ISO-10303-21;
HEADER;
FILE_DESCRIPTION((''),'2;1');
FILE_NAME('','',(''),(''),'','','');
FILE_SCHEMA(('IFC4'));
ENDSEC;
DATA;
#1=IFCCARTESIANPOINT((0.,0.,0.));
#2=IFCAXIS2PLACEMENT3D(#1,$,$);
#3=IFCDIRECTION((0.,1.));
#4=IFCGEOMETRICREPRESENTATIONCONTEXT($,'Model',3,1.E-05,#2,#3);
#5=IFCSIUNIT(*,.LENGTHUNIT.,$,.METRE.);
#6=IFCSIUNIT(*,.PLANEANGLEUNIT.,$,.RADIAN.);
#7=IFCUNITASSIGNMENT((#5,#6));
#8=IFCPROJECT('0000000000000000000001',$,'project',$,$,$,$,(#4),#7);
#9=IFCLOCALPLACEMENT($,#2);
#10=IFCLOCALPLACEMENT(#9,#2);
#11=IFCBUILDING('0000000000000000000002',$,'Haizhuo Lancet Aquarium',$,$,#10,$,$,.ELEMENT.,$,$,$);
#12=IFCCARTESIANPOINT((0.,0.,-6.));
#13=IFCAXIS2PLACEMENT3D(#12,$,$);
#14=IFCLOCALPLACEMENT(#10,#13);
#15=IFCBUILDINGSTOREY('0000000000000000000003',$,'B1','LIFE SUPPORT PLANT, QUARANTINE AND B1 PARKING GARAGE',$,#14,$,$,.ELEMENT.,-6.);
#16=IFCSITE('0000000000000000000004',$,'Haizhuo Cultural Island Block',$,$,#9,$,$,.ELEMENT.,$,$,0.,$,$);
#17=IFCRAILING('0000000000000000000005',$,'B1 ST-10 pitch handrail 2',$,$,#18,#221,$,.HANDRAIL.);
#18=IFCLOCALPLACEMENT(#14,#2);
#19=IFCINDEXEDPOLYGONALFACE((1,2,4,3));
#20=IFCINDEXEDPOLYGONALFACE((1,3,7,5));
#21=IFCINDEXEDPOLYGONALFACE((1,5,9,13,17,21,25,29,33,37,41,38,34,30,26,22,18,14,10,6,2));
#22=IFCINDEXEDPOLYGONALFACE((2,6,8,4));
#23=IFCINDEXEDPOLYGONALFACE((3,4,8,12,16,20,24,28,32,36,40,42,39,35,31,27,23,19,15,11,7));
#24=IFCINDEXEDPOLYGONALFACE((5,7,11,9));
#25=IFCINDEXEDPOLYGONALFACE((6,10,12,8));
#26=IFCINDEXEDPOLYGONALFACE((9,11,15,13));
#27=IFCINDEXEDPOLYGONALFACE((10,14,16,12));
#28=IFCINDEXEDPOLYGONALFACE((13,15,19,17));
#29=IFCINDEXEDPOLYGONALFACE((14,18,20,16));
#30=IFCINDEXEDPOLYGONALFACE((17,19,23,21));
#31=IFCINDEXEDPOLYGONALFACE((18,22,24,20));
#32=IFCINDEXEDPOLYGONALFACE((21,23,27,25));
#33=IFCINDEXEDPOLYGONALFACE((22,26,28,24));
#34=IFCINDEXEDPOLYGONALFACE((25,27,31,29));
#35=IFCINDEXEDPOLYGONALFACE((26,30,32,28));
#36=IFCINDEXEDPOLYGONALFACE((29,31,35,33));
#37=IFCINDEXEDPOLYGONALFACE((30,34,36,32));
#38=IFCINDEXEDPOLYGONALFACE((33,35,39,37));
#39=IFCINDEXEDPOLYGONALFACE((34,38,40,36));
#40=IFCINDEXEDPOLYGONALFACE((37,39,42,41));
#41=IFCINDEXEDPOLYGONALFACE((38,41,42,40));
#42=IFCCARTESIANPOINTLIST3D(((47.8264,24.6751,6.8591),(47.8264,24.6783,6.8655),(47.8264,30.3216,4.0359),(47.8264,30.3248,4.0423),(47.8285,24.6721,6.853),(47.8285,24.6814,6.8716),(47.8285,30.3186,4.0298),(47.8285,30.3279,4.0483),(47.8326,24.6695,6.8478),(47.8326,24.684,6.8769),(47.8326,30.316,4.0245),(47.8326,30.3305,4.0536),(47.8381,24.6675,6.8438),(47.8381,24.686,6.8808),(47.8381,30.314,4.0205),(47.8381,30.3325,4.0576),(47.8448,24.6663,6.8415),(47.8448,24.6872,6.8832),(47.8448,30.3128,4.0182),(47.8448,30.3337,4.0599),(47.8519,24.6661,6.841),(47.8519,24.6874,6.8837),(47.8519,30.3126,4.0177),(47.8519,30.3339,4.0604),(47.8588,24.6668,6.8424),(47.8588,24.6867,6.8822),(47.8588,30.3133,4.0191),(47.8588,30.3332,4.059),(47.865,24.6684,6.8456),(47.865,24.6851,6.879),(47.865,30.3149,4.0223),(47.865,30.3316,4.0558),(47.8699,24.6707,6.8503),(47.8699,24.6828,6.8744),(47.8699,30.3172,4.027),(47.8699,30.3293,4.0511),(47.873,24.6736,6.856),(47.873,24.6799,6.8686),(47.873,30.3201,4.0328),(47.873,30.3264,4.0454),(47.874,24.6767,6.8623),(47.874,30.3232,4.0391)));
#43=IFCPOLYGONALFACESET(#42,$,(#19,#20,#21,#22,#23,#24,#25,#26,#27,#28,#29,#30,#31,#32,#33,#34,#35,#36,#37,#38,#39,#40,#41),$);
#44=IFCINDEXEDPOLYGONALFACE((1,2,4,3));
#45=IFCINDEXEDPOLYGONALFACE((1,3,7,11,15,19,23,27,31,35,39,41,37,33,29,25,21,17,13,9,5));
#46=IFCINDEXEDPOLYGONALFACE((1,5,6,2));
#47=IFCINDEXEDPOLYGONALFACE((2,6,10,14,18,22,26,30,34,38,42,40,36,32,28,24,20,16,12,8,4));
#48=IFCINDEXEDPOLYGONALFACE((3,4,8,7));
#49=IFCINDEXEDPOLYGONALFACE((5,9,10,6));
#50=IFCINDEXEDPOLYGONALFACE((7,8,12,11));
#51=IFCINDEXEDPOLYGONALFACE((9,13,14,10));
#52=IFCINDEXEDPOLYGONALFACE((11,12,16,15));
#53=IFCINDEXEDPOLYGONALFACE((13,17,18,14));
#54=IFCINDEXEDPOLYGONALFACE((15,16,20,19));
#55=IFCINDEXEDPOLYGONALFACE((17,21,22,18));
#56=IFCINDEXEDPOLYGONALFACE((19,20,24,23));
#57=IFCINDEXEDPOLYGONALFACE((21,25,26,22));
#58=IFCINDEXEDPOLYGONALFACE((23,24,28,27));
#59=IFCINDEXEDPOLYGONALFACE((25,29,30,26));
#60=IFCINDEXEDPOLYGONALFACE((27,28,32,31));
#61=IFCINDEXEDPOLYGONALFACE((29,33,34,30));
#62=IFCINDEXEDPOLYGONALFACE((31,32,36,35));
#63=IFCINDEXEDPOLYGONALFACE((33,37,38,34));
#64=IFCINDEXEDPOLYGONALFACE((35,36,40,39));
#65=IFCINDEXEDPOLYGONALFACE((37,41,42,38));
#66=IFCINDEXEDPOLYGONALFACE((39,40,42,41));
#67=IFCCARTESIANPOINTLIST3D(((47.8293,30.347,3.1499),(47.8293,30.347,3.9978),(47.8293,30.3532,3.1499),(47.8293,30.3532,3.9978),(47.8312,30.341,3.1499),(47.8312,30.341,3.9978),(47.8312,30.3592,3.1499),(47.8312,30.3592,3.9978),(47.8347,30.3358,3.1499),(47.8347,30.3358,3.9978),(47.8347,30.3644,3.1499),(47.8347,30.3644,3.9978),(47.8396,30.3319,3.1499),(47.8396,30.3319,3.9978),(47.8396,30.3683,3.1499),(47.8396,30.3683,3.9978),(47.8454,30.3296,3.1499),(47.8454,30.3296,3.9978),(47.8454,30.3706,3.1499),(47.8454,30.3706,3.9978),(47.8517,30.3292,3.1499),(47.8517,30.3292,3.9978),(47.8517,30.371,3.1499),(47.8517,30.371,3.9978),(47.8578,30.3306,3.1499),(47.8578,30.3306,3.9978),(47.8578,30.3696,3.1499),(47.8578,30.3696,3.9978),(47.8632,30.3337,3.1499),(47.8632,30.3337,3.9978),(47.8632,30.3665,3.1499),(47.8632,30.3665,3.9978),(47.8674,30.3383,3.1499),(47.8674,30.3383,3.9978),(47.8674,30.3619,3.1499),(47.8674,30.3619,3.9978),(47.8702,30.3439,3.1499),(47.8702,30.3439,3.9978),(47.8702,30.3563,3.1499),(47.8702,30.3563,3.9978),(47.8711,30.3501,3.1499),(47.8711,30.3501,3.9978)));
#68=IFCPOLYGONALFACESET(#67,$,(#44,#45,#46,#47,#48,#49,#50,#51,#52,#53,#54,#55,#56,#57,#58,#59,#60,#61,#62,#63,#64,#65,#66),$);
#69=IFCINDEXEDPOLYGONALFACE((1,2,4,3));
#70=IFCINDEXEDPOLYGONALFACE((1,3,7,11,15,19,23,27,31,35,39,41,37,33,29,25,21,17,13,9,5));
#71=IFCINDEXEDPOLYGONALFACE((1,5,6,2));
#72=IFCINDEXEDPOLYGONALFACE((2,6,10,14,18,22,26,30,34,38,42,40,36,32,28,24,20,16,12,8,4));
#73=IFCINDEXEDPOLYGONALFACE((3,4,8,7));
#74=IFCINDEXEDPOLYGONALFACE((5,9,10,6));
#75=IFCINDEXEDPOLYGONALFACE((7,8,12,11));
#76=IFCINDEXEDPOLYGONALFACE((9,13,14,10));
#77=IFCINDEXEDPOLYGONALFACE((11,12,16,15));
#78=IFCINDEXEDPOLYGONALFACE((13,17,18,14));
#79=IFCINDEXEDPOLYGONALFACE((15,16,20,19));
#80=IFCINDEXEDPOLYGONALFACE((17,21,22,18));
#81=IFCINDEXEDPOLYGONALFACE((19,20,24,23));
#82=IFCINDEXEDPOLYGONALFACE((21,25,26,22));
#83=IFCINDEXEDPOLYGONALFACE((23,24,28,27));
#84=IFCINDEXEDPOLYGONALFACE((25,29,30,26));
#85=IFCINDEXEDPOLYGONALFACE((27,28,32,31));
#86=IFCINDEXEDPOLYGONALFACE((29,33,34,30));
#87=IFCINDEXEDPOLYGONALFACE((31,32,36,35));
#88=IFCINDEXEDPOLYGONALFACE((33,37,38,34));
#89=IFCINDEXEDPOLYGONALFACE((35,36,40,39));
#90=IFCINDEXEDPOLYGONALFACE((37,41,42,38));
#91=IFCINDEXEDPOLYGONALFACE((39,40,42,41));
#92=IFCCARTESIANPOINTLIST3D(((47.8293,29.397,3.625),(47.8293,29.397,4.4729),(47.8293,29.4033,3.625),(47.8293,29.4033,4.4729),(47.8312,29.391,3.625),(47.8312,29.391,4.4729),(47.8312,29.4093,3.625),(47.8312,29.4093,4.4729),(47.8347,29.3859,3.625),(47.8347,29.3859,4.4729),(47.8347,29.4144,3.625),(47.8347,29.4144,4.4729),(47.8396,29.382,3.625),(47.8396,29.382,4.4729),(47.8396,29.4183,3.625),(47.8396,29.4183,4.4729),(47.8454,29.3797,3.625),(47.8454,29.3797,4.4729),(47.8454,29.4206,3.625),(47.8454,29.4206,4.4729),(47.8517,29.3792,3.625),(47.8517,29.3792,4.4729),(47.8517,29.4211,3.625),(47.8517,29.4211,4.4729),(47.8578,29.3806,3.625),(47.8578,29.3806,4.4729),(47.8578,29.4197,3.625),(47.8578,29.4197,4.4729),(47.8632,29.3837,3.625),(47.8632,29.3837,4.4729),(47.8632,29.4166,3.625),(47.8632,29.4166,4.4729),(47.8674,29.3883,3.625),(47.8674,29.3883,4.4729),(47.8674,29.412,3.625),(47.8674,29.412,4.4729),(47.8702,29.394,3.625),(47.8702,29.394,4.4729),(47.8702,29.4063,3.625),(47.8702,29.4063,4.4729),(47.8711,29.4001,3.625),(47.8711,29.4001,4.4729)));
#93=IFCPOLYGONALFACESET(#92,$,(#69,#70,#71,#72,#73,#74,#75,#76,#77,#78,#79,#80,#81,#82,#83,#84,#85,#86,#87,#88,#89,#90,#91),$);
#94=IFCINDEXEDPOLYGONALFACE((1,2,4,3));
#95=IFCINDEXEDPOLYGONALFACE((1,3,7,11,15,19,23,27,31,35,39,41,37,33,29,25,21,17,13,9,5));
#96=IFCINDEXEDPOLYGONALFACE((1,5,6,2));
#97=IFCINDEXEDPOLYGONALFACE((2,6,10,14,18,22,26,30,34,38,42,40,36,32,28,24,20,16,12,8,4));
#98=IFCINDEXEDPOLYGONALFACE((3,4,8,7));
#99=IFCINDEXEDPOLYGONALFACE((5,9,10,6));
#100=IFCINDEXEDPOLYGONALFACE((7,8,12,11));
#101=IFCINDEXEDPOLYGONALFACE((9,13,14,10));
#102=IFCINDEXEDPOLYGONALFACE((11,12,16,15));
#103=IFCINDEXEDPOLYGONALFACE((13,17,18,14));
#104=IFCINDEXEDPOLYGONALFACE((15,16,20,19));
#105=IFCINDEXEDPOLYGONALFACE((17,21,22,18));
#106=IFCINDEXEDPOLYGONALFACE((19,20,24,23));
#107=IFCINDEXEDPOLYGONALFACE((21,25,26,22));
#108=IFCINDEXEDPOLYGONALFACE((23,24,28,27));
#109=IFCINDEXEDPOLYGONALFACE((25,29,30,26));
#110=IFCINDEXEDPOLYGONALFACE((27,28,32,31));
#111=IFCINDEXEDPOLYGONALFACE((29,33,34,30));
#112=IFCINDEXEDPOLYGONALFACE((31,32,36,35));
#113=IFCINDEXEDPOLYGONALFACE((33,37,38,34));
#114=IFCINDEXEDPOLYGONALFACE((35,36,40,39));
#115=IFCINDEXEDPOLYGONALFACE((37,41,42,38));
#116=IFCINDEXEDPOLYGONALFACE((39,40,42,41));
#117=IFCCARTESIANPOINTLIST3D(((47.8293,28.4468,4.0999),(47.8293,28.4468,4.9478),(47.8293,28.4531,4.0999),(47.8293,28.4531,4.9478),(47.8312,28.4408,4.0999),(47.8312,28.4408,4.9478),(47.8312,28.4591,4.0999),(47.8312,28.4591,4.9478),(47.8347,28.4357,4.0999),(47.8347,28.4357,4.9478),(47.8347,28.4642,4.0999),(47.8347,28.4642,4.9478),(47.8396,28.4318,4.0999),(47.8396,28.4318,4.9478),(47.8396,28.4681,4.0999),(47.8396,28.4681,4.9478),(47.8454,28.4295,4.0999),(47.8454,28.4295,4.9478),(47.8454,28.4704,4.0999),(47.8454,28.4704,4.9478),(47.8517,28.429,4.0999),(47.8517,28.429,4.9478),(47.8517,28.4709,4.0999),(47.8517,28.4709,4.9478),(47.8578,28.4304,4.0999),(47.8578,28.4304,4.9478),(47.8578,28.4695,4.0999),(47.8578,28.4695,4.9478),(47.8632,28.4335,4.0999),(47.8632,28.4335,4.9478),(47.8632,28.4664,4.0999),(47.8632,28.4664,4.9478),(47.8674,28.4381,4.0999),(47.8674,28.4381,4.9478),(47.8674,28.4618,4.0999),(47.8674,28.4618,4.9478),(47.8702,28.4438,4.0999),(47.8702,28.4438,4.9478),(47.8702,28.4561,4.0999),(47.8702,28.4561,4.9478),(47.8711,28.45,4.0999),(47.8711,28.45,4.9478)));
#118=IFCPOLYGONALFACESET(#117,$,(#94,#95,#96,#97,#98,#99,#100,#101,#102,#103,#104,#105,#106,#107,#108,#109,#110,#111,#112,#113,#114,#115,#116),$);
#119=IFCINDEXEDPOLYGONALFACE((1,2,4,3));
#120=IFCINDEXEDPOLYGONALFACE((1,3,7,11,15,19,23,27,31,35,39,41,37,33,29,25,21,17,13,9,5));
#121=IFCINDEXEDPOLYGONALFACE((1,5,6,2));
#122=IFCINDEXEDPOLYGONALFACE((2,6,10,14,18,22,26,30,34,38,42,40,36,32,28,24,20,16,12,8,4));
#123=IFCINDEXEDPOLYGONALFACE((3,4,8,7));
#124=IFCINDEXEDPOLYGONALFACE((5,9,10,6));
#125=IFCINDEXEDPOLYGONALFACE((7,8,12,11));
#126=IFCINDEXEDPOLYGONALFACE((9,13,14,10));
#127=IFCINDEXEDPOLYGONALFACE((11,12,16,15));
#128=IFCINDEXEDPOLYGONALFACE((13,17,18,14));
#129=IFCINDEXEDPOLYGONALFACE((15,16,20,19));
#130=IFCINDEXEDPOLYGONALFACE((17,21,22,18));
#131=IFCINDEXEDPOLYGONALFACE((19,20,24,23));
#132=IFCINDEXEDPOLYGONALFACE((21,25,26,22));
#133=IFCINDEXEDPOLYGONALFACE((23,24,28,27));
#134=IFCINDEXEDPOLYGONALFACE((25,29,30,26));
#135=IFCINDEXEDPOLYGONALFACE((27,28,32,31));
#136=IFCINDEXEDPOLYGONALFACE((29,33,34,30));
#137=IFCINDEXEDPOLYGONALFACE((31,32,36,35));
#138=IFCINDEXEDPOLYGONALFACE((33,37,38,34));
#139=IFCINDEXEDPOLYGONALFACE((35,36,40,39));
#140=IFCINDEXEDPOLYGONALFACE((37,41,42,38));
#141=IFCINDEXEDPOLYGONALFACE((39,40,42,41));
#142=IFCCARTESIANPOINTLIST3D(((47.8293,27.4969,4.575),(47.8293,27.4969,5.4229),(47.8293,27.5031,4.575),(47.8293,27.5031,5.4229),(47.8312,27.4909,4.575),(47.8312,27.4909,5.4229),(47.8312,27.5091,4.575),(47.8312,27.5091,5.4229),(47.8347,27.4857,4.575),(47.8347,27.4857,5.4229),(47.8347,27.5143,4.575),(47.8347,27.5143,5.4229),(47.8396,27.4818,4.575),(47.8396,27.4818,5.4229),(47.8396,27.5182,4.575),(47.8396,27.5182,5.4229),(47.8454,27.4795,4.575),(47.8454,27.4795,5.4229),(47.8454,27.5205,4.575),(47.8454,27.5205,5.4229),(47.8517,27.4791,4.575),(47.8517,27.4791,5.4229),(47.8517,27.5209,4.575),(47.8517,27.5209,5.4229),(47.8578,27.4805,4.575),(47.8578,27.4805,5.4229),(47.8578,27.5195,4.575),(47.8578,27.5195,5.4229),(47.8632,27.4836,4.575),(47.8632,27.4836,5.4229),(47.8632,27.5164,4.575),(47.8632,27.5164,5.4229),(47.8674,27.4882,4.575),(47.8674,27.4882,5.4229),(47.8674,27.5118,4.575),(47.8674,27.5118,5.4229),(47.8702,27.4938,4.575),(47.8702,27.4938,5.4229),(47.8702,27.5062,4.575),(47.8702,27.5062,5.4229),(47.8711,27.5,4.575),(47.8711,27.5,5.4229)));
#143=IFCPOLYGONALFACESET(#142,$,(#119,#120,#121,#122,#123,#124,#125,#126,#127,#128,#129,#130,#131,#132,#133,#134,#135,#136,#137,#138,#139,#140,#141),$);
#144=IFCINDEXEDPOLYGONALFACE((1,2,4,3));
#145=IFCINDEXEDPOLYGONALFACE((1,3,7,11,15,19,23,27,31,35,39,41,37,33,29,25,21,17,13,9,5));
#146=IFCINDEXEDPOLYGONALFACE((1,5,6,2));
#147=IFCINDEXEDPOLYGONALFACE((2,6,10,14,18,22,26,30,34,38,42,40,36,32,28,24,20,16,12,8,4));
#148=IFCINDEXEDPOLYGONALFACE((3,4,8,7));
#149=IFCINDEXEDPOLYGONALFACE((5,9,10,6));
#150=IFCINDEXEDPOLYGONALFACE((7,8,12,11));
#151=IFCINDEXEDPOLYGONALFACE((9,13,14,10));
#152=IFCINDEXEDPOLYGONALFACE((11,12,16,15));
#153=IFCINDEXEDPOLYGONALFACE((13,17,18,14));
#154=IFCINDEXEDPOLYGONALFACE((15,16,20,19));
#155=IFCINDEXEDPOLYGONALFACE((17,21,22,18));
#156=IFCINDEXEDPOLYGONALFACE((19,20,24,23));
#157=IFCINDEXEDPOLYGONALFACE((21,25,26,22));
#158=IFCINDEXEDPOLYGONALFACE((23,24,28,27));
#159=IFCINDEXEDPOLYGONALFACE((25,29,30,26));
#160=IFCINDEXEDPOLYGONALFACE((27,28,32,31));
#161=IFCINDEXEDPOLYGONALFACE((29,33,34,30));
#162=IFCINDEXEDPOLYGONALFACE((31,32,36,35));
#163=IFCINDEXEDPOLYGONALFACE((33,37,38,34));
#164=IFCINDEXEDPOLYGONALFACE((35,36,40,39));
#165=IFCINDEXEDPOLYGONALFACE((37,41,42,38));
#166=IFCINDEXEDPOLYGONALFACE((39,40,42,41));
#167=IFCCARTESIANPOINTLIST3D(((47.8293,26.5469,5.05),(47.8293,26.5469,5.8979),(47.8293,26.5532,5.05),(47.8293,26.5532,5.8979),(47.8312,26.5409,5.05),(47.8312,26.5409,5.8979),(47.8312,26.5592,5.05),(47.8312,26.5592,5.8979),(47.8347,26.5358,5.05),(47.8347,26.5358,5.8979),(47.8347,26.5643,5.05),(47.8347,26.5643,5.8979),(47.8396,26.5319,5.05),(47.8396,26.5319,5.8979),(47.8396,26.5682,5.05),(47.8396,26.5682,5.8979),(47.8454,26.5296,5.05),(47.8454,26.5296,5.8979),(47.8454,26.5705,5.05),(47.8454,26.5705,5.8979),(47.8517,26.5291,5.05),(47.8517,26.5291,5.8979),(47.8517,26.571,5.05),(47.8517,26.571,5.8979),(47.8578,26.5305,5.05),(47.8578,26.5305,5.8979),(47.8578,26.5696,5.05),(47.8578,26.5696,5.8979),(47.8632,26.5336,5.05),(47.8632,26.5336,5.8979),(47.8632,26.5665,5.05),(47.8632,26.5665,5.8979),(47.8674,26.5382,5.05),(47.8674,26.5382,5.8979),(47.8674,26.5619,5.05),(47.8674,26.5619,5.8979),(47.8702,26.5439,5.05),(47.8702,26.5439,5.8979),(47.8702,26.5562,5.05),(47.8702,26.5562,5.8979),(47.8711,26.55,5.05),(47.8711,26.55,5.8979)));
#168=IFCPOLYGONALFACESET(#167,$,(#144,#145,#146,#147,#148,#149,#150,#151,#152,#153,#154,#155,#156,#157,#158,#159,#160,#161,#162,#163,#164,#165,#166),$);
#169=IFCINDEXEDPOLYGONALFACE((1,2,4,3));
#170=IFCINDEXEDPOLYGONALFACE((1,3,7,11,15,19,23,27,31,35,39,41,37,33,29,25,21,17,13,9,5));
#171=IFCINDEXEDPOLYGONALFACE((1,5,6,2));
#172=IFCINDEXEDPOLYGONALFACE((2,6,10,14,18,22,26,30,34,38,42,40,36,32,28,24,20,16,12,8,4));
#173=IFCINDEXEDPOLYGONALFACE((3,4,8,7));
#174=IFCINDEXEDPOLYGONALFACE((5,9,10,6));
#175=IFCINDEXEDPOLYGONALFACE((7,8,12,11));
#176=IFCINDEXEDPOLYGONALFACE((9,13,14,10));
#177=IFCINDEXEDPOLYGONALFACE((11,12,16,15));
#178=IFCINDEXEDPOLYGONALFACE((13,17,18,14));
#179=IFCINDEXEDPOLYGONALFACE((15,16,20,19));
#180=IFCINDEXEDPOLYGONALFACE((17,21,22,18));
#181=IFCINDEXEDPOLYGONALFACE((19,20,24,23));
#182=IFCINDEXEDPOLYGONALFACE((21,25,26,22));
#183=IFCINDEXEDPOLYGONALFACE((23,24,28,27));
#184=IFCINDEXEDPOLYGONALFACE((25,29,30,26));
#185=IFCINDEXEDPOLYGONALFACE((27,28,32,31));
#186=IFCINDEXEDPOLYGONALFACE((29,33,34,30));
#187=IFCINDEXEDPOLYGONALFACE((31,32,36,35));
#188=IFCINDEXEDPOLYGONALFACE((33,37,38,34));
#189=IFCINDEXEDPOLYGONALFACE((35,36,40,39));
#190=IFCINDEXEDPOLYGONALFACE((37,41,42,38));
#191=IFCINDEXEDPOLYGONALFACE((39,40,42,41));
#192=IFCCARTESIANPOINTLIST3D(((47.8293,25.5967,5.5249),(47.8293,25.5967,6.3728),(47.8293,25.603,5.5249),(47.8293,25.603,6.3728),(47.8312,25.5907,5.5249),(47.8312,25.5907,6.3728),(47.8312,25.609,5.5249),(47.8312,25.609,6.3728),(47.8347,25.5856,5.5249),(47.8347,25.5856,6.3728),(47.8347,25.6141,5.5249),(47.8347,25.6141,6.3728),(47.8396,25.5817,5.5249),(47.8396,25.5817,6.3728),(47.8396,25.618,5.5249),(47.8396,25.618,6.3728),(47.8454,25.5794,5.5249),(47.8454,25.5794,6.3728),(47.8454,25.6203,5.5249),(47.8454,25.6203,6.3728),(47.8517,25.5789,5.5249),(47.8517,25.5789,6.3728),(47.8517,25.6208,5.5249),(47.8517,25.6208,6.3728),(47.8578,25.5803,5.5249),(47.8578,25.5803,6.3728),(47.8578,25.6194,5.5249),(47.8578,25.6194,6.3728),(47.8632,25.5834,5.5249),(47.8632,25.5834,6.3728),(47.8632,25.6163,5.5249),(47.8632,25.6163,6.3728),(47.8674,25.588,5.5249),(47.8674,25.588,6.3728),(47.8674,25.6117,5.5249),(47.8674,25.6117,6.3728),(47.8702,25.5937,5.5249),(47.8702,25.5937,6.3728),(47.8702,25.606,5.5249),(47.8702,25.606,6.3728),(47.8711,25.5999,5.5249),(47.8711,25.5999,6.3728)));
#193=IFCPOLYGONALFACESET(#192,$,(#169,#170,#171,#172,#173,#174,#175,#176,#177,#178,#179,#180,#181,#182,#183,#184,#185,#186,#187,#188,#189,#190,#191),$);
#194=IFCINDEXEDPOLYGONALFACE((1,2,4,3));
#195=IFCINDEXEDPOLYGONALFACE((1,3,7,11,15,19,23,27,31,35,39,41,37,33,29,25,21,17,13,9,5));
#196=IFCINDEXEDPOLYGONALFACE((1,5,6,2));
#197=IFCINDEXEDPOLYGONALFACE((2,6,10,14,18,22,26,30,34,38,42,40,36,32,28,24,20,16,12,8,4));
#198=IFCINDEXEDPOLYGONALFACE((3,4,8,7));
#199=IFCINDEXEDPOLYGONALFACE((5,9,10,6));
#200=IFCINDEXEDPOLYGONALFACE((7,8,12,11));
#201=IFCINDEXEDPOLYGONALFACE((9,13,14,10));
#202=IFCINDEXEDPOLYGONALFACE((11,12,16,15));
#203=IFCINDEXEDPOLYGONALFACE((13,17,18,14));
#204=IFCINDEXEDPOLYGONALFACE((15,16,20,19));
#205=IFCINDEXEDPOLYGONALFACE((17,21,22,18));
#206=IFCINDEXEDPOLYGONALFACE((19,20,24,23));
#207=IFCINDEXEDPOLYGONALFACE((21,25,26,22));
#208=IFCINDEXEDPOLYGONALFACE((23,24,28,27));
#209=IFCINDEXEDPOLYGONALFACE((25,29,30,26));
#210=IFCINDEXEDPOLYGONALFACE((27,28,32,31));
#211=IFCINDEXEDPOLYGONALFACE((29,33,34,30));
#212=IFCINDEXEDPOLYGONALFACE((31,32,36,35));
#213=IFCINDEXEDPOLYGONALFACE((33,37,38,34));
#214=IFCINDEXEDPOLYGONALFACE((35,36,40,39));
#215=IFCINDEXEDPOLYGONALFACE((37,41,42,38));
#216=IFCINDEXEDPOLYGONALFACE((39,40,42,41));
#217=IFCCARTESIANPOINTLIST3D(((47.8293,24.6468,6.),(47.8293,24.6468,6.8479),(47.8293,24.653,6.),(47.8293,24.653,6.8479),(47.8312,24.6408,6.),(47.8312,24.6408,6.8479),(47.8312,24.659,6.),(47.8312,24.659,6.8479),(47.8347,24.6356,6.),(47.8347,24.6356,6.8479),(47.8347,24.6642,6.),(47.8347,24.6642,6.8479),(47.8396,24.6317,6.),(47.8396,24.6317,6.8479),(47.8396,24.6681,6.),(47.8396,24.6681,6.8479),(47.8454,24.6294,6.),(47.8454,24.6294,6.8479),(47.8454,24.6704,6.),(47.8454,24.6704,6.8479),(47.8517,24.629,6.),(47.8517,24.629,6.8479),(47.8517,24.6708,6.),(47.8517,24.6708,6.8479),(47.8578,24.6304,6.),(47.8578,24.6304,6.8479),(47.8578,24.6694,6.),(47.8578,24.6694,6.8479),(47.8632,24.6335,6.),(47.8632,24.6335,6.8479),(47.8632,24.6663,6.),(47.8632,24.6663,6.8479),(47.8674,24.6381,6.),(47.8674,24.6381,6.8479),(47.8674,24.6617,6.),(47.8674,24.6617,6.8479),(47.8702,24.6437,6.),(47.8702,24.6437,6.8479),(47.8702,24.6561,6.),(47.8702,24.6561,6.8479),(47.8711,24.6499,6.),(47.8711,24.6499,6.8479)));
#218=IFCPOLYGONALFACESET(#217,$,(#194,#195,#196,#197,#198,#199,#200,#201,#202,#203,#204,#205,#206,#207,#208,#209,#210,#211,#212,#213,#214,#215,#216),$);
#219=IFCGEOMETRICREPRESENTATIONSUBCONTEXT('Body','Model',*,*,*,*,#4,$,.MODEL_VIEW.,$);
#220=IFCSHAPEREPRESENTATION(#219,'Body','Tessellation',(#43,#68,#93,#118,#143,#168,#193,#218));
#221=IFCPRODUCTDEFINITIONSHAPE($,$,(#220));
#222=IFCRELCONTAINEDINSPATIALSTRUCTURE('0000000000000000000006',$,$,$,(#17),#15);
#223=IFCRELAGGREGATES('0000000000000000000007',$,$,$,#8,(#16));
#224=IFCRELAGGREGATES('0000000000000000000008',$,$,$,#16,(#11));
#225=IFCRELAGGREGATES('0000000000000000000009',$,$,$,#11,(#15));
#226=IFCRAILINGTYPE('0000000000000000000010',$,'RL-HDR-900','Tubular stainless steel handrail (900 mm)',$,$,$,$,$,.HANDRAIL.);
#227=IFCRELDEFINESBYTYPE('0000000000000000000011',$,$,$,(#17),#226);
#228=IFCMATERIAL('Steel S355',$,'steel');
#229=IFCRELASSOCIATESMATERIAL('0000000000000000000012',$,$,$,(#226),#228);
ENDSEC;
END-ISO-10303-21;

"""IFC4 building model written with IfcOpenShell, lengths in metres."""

from ifc_helpers import new_model, si_unit, direction, frame, origin, origin_2d, place, context, subcontext, project, spatial, circle, extrude, material, type_object, element, save


model = new_model("IFC4")

# Units and contexts
model_context = context("Model", 3, precision=1e-05, world=origin(), true_north=direction((0.0, 1.0)))
body_context = subcontext(model_context, "Body", "Model", "MODEL_VIEW")
ifc_project = project(units=[si_unit("LENGTHUNIT", "METRE"), si_unit("PLANEANGLEUNIT", "RADIAN")], contexts=[model_context])

# Site, building, storey
site_placement = place(None, origin())
site = spatial("IfcSite", under=ifc_project, at=site_placement, Name="Haizhuo Cultural Island Block", CompositionType="ELEMENT", RefElevation=0.0)
building_placement = place(site_placement, origin())
building = spatial("IfcBuilding", under=site, at=building_placement, Name="Haizhuo Lancet Aquarium", CompositionType="ELEMENT")
storey_placement = place(building_placement, frame((0.0, 0.0, -6.0)))
storey = spatial("IfcBuildingStorey", under=building, at=storey_placement, Name="B1", Description="LIFE SUPPORT PLANT, QUARANTINE AND B1 PARKING GARAGE", CompositionType="ELEMENT", Elevation=-6.0)

# Shared definitions
ifc_material_1 = material(Name="Steel S355", Category="steel")

# Railing
railing_type_1 = type_object("IfcRailingType", Name="RL-HDR-900", Description="Tubular stainless steel handrail (900 mm)", PredefinedType="HANDRAIL", material=ifc_material_1)
railing_1_placement = place(storey_placement, frame((47.8501, 30.3501, 3.1499)))
element("IfcRailing", 1, at=railing_1_placement, inside=storey, type_object=railing_type_1, Name="B1 ST-10 pitch handrail 2", PredefinedType="HANDRAIL", context=body_context, shape_type="SweptSolid", body=[
    extrude(circle(Radius=0.0239, at=origin_2d()), frame((0.0, -0.0269, 0.8892), z_axis=(0.0, -0.894427, 0.447214), x_axis=(1.0, 0.0, 0.0)), (0.0, 0.0, 1.0), 6.313),
    extrude(circle(Radius=0.021, at=origin_2d()), origin(), (0.0, 0.0, 1.0), 0.8479),
    extrude(circle(Radius=0.021, at=origin_2d()), frame((0.0, -0.95, 0.4751)), (0.0, 0.0, 1.0), 0.8479),
    extrude(circle(Radius=0.021, at=origin_2d()), frame((0.0, -1.9001, 0.95)), (0.0, 0.0, 1.0), 0.8479),
    extrude(circle(Radius=0.021, at=origin_2d()), frame((0.0, -2.8501, 1.425)), (0.0, 0.0, 1.0), 0.8479),
    extrude(circle(Radius=0.021, at=origin_2d()), frame((0.0, -3.8, 1.9001)), (0.0, 0.0, 1.0), 0.8479),
    extrude(circle(Radius=0.021, at=origin_2d()), frame((0.0, -4.7502, 2.375)), (0.0, 0.0, 1.0), 0.8479),
    extrude(circle(Radius=0.021, at=origin_2d()), frame((0.0, -5.7002, 2.8501)), (0.0, 0.0, 1.0), 0.8479),
])

save(model, "model.ifc")
